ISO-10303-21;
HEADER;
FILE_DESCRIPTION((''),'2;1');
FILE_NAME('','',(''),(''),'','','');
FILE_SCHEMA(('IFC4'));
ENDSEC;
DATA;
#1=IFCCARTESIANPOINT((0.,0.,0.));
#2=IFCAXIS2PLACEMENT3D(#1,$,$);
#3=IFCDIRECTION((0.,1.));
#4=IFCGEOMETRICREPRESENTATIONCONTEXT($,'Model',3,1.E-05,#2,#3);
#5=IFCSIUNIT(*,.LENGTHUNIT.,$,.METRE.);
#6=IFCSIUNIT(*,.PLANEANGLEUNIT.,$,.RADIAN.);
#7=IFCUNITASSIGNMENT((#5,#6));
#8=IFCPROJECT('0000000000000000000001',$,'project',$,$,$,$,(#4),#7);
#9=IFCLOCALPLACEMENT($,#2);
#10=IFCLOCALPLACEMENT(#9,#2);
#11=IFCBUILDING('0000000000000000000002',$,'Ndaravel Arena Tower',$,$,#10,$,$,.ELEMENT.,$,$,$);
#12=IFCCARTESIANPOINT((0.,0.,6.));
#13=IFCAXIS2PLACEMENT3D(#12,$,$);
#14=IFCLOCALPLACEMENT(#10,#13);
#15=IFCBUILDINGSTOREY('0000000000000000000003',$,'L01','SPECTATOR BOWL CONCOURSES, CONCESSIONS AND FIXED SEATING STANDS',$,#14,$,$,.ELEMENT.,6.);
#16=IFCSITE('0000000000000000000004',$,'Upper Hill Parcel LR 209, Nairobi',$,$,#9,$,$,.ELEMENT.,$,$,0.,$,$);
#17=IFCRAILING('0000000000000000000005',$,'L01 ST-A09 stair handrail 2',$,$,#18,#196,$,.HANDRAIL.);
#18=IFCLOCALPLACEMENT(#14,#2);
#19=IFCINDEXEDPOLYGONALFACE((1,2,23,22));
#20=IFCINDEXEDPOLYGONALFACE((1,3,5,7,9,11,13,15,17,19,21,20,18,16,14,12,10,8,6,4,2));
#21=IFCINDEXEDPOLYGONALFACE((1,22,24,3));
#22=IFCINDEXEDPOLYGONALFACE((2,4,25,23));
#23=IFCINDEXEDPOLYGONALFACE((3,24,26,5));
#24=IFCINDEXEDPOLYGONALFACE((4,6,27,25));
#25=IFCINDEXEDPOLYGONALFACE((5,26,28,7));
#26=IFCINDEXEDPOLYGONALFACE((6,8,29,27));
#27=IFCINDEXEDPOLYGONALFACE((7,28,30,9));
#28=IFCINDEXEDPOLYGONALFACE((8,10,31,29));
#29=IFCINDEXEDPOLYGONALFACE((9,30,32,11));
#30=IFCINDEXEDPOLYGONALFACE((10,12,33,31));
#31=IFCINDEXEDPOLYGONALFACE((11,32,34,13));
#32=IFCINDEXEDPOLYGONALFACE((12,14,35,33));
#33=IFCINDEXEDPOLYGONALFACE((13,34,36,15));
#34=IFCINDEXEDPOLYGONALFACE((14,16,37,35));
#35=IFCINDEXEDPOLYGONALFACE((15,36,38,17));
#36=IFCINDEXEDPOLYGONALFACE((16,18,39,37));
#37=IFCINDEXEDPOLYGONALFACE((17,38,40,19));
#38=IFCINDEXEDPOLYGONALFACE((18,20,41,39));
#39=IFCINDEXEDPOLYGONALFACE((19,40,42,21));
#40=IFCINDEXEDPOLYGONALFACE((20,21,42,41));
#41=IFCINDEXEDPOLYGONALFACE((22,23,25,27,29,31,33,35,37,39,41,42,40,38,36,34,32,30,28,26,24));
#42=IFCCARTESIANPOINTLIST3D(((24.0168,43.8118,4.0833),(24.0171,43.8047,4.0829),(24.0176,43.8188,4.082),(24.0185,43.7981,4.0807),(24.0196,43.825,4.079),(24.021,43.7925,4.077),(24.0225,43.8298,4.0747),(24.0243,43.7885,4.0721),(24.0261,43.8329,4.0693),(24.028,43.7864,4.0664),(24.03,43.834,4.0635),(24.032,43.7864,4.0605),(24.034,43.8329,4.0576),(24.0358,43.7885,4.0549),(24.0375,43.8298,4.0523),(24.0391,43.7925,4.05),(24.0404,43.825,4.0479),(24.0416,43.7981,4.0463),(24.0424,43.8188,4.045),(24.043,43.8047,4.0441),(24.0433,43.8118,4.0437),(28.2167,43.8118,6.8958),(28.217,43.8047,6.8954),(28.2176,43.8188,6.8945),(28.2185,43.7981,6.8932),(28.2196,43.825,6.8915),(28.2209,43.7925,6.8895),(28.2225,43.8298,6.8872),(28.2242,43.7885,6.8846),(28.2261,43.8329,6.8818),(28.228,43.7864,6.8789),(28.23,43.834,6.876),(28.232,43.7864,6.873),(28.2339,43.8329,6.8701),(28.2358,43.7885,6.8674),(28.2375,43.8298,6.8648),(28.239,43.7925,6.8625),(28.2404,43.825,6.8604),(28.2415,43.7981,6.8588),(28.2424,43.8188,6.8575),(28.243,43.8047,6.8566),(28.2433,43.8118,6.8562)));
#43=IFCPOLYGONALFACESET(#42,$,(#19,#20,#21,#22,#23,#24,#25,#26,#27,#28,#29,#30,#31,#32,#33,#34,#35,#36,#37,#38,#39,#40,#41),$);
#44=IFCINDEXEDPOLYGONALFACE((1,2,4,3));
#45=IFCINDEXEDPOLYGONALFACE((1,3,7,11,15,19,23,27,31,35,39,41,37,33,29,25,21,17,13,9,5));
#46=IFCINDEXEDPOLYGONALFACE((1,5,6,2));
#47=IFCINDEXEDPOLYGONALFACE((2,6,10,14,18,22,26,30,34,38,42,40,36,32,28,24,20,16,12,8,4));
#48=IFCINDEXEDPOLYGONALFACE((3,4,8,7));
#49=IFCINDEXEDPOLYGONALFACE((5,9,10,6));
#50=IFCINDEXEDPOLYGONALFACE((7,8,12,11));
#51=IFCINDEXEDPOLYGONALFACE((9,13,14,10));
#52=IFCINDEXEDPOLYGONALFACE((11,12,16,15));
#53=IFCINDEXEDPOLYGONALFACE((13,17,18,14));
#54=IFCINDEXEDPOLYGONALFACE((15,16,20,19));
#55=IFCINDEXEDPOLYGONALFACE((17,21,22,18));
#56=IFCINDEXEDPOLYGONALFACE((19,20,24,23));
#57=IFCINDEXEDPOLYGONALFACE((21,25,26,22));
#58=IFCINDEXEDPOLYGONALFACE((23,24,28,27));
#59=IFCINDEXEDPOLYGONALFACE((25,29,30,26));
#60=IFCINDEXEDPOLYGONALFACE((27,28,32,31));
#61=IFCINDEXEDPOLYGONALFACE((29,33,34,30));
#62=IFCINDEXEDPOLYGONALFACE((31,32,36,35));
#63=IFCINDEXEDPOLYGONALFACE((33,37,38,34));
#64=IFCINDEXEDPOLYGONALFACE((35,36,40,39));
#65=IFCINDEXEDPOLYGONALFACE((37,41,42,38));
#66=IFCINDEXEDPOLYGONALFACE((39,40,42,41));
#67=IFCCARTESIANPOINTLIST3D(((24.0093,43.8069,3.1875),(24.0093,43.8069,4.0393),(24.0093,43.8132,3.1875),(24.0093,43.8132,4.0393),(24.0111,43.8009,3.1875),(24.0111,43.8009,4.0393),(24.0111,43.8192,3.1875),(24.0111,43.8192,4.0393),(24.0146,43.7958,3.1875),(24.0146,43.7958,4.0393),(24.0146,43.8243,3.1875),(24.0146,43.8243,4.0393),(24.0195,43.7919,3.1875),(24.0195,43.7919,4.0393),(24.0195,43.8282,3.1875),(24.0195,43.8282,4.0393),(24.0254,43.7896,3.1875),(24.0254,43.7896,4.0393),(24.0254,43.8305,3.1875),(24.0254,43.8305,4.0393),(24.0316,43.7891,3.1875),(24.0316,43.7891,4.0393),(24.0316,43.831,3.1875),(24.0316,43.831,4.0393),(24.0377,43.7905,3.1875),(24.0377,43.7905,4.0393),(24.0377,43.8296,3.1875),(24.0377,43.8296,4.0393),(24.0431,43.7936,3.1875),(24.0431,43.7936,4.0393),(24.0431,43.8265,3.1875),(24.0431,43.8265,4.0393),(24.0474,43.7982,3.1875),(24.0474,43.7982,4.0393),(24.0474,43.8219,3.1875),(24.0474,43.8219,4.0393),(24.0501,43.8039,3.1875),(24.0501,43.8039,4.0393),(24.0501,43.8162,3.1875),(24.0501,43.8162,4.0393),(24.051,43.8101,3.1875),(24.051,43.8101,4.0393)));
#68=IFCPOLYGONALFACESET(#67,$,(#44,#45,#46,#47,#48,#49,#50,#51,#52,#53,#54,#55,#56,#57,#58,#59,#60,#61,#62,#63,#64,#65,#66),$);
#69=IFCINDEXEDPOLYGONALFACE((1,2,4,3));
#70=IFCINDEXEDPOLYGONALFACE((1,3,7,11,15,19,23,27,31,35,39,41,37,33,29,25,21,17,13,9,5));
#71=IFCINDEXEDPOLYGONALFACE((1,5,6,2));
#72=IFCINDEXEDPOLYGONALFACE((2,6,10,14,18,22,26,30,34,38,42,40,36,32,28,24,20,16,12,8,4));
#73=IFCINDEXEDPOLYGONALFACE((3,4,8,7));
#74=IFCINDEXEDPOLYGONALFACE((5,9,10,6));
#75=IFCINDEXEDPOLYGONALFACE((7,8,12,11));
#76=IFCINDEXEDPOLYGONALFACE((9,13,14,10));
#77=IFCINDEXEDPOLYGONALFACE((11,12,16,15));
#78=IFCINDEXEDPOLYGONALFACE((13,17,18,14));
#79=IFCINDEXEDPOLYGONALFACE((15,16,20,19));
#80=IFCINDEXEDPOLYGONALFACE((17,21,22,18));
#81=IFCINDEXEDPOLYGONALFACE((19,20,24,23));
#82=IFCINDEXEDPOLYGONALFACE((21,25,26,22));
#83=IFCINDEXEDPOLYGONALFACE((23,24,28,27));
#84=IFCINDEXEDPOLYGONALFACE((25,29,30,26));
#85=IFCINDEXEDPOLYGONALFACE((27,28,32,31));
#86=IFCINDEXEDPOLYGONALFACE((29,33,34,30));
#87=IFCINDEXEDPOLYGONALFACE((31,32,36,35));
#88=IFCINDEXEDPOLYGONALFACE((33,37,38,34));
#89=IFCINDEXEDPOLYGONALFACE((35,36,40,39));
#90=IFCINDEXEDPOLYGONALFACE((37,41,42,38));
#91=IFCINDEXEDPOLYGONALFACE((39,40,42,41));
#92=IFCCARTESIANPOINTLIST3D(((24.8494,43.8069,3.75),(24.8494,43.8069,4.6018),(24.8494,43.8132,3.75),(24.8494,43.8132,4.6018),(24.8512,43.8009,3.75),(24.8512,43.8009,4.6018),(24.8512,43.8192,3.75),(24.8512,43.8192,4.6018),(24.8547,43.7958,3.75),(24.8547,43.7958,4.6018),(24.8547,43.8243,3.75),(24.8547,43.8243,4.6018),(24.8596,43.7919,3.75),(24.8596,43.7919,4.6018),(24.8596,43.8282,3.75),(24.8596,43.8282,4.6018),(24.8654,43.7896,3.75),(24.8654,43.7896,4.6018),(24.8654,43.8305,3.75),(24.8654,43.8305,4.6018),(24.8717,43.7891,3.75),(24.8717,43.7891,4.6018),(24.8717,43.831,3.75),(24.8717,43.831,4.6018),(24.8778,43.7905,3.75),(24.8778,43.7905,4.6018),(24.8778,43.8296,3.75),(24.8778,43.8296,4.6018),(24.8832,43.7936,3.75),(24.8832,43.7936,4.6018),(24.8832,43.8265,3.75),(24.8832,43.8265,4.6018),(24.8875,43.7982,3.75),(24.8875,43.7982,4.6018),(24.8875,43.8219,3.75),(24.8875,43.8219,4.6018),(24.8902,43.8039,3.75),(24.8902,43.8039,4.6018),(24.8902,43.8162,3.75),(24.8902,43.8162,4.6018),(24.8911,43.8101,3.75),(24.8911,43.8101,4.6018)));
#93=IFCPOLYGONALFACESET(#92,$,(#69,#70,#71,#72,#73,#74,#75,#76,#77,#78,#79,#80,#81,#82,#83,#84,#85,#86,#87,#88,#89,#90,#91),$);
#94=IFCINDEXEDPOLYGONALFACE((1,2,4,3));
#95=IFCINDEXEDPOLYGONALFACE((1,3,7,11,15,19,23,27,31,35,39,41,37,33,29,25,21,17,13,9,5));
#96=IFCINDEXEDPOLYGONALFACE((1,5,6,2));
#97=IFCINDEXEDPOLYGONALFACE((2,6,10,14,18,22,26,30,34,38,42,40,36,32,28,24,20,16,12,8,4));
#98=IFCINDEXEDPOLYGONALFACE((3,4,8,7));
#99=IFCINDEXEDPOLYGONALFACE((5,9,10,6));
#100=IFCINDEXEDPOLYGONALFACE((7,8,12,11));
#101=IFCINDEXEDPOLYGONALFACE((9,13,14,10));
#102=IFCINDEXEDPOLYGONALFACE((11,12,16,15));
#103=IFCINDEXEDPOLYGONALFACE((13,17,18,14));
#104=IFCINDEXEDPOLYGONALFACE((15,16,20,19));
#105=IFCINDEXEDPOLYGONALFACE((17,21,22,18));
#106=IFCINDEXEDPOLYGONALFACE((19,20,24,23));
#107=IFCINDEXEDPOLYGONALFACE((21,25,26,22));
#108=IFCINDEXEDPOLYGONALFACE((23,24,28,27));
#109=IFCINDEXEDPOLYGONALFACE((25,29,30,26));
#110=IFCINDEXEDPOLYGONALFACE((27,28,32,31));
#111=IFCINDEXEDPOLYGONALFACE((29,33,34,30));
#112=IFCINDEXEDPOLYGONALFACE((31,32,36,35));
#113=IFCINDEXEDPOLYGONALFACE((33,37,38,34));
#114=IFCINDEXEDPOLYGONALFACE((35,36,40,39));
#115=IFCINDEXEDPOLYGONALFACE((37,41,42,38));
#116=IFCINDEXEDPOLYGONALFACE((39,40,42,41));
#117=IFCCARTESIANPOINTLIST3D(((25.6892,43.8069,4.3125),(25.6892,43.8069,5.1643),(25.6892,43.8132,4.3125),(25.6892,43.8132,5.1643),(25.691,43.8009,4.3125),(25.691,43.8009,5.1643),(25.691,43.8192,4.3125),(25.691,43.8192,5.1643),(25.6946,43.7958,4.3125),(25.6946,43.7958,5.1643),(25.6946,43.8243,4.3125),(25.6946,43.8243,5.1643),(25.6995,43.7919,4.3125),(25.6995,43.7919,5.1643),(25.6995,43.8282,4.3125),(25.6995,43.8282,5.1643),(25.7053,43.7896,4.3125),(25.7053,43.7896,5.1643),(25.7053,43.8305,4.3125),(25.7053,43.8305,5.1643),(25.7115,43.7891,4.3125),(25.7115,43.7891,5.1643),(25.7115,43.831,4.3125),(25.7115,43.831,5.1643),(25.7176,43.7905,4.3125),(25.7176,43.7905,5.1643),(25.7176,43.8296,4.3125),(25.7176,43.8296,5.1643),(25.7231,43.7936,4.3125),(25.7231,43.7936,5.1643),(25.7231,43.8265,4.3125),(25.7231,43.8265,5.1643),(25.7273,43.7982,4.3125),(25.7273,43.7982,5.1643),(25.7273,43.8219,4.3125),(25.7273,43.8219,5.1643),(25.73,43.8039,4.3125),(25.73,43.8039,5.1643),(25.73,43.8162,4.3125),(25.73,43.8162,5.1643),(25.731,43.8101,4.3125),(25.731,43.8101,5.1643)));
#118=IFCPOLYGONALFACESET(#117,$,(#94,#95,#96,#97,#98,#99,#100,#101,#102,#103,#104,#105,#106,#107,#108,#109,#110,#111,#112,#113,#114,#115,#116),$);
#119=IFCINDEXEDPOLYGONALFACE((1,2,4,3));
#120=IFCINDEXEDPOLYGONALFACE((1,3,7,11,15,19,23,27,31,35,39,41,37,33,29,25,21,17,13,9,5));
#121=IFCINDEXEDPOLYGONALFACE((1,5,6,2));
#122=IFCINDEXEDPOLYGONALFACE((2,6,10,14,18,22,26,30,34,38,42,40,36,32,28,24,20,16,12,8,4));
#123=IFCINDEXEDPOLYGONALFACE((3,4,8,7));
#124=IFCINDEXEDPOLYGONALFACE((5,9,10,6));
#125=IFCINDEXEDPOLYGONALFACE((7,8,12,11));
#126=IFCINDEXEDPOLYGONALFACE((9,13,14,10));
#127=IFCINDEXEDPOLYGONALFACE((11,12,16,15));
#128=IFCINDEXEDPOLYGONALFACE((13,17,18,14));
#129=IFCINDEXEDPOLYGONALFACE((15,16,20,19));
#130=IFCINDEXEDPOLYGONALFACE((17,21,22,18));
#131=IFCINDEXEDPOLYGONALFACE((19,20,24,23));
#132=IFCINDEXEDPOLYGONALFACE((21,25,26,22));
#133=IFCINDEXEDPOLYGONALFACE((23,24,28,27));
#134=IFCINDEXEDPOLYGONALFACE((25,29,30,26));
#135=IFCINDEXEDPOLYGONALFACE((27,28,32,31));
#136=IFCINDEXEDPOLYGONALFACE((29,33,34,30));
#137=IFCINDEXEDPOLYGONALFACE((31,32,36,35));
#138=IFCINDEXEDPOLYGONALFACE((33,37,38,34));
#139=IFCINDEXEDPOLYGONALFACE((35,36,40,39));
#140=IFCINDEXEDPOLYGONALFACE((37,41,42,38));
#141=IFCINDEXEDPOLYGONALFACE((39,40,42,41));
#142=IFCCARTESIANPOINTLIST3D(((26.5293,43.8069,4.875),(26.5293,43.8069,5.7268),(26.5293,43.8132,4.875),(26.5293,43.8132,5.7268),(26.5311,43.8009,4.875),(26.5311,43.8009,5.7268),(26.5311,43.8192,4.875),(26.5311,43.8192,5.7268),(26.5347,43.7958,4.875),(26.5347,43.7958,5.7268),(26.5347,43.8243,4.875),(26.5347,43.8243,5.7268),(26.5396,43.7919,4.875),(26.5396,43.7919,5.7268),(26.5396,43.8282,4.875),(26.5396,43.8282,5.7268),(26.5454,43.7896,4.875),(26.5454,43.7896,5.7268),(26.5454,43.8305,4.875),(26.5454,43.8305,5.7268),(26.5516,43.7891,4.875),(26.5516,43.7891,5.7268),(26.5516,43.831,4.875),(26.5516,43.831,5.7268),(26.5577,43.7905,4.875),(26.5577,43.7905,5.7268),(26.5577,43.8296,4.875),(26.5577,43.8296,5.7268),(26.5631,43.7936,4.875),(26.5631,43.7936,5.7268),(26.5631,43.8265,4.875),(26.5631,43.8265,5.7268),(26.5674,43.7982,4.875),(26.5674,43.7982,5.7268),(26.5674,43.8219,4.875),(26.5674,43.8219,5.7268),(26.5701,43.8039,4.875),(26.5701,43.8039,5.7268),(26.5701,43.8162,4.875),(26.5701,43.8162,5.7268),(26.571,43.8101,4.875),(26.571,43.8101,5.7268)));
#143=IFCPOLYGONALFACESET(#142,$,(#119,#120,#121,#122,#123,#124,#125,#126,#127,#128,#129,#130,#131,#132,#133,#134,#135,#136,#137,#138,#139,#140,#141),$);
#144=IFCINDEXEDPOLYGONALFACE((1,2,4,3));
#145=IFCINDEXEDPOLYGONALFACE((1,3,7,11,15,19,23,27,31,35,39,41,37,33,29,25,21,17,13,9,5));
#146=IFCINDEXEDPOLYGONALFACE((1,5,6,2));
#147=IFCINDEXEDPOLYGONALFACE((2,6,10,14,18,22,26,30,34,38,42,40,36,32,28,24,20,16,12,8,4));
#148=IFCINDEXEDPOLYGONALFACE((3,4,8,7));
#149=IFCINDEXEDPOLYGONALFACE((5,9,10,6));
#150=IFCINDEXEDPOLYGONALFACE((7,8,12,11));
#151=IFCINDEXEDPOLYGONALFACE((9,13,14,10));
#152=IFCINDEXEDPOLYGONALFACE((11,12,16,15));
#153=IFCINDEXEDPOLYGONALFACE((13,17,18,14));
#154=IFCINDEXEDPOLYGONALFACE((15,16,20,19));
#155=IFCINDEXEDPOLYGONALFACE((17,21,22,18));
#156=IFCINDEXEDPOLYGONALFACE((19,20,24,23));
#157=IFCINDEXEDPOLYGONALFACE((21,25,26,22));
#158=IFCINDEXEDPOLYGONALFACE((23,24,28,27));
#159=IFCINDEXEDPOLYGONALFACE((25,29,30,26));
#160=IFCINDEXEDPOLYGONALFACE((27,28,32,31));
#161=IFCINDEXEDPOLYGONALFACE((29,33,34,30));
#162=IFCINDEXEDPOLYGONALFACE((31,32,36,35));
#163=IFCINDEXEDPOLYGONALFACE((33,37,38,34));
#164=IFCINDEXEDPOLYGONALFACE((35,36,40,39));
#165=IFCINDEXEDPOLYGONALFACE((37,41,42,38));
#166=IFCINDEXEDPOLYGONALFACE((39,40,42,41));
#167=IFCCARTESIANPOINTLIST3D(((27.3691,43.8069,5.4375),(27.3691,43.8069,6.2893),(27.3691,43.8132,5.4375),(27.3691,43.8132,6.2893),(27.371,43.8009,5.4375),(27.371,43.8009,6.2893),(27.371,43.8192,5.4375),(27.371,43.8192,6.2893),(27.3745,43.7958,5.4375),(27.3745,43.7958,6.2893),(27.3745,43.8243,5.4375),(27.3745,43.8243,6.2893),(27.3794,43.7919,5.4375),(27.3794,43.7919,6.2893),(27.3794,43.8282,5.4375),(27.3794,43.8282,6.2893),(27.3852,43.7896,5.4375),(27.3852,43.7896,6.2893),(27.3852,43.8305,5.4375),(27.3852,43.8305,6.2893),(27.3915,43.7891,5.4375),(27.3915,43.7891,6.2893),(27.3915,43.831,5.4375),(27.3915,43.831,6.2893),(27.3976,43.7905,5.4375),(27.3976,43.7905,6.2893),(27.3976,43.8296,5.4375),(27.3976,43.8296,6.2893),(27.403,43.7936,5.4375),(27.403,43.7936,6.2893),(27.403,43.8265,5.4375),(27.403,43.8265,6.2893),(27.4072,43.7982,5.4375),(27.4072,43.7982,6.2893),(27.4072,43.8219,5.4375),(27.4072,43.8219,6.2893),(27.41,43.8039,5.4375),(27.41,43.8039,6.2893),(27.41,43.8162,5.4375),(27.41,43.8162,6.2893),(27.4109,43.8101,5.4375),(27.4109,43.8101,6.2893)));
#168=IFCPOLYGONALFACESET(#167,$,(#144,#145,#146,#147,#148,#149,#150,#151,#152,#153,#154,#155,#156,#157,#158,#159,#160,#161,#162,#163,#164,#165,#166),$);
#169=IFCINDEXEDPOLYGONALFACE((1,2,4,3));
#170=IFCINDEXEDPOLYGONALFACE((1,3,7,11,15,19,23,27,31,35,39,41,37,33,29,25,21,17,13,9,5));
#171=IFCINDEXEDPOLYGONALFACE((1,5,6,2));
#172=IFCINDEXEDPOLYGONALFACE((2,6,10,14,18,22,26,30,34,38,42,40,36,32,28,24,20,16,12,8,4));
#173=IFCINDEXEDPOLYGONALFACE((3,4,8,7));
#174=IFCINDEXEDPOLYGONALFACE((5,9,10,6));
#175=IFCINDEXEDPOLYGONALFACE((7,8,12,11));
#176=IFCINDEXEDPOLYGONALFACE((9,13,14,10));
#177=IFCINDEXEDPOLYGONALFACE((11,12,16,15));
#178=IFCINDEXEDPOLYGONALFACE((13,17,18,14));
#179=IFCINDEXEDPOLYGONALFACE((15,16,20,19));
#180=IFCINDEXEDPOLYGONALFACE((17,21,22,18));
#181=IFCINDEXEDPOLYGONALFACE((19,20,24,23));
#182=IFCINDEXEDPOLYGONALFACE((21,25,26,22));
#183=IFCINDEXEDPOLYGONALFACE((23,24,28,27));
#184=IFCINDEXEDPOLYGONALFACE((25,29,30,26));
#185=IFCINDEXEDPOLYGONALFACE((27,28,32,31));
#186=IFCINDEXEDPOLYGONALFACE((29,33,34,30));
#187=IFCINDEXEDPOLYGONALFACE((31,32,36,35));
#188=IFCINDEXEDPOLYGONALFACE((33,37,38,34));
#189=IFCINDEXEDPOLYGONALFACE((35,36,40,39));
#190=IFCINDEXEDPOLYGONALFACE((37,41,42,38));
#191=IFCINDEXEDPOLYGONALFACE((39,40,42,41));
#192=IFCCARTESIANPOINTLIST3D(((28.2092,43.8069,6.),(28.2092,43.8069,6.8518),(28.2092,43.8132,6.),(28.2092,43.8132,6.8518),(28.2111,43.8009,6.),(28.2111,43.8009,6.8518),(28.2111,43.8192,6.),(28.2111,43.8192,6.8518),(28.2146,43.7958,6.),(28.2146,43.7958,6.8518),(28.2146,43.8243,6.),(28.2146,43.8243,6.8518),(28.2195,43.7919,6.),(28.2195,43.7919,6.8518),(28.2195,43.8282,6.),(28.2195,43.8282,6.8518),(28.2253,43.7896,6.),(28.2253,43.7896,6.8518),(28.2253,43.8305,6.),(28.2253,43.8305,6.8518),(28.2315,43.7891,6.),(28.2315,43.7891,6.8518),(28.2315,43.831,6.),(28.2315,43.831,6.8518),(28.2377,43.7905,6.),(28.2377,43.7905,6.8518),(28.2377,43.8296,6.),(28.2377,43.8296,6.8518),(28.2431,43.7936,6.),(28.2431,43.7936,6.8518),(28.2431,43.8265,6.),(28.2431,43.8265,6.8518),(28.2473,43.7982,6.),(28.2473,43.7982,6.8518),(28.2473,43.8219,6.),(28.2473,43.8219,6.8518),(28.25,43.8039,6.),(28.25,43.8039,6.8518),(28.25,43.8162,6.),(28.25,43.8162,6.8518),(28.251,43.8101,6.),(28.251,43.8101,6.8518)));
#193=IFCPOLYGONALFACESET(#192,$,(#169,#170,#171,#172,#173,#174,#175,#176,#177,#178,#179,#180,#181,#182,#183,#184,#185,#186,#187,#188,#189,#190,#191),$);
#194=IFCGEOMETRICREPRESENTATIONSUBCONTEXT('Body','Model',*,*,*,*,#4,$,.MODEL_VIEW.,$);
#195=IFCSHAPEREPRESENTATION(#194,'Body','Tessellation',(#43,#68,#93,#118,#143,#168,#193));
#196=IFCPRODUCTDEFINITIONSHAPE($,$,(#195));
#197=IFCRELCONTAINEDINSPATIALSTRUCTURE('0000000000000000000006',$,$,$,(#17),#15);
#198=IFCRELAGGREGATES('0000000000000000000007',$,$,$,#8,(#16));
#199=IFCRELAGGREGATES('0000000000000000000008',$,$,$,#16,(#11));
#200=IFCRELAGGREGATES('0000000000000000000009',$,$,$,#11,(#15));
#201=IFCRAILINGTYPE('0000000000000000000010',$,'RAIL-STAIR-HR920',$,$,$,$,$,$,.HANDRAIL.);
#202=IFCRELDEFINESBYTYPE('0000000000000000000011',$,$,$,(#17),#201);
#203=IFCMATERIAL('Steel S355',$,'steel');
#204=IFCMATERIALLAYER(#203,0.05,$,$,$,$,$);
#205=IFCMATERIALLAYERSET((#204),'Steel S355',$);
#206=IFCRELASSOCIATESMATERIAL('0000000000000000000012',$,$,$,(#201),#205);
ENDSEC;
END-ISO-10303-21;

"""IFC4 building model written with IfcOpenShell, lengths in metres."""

from ifc_helpers import new_model, si_unit, direction, frame, origin, origin_2d, place, context, subcontext, project, spatial, circle, extrude, material, layer, layer_set, type_object, element, save


model = new_model("IFC4")

# Units and contexts
model_context = context("Model", 3, precision=1e-05, world=origin(), true_north=direction((0.0, 1.0)))
body_context = subcontext(model_context, "Body", "Model", "MODEL_VIEW")
ifc_project = project(units=[si_unit("LENGTHUNIT", "METRE"), si_unit("PLANEANGLEUNIT", "RADIAN")], contexts=[model_context])

# Site, building, storey
site_placement = place(None, origin())
site = spatial("IfcSite", under=ifc_project, at=site_placement, Name="Upper Hill Parcel LR 209, Nairobi", CompositionType="ELEMENT", RefElevation=0.0)
building_placement = place(site_placement, origin())
building = spatial("IfcBuilding", under=site, at=building_placement, Name="Ndaravel Arena Tower", CompositionType="ELEMENT")
storey_placement = place(building_placement, frame((0.0, 0.0, 6.0)))
storey = spatial("IfcBuildingStorey", under=building, at=storey_placement, Name="L01", Description="SPECTATOR BOWL CONCOURSES, CONCESSIONS AND FIXED SEATING STANDS", CompositionType="ELEMENT", Elevation=6.0)

# Railing
ifc_material_1 = material(Name="Steel S355", Category="steel")
ifc_layer_1 = layer(ifc_material_1, 0.05)
ifc_layer_set_1 = layer_set([ifc_layer_1], Name="Steel S355")
railing_type_1 = type_object("IfcRailingType", Name="RAIL-STAIR-HR920", PredefinedType="HANDRAIL", material=ifc_layer_set_1)
railing_1_placement = place(storey_placement, frame((24.03, 43.8101, 3.1875)))
element("IfcRailing", 1, at=railing_1_placement, inside=storey, type_object=railing_type_1, Name="L01 ST-A09 stair handrail 2", PredefinedType="HANDRAIL", context=body_context, shape_type="SweptSolid", body=[
    extrude(circle(Radius=0.0239, at=origin_2d()), frame((0.0, 0.0, 0.876), z_axis=(0.830904, 0.0, 0.556416), x_axis=(0.0, 1.0, 0.0)), (0.0, 0.0, 1.0), 5.0547),
    extrude(circle(Radius=0.021, at=origin_2d()), origin(), (0.0, 0.0, 1.0), 0.8518),
    extrude(circle(Radius=0.021, at=origin_2d()), frame((0.8401, 0.0, 0.5625)), (0.0, 0.0, 1.0), 0.8518),
    extrude(circle(Radius=0.021, at=origin_2d()), frame((1.6799, 0.0, 1.125)), (0.0, 0.0, 1.0), 0.8518),
    extrude(circle(Radius=0.021, at=origin_2d()), frame((2.52, 0.0, 1.6875)), (0.0, 0.0, 1.0), 0.8518),
    extrude(circle(Radius=0.021, at=origin_2d()), frame((3.3599, 0.0, 2.25)), (0.0, 0.0, 1.0), 0.8518),
    extrude(circle(Radius=0.021, at=origin_2d()), frame((4.2, 0.0, 2.8125)), (0.0, 0.0, 1.0), 0.8518),
])

save(model, "model.ifc")
